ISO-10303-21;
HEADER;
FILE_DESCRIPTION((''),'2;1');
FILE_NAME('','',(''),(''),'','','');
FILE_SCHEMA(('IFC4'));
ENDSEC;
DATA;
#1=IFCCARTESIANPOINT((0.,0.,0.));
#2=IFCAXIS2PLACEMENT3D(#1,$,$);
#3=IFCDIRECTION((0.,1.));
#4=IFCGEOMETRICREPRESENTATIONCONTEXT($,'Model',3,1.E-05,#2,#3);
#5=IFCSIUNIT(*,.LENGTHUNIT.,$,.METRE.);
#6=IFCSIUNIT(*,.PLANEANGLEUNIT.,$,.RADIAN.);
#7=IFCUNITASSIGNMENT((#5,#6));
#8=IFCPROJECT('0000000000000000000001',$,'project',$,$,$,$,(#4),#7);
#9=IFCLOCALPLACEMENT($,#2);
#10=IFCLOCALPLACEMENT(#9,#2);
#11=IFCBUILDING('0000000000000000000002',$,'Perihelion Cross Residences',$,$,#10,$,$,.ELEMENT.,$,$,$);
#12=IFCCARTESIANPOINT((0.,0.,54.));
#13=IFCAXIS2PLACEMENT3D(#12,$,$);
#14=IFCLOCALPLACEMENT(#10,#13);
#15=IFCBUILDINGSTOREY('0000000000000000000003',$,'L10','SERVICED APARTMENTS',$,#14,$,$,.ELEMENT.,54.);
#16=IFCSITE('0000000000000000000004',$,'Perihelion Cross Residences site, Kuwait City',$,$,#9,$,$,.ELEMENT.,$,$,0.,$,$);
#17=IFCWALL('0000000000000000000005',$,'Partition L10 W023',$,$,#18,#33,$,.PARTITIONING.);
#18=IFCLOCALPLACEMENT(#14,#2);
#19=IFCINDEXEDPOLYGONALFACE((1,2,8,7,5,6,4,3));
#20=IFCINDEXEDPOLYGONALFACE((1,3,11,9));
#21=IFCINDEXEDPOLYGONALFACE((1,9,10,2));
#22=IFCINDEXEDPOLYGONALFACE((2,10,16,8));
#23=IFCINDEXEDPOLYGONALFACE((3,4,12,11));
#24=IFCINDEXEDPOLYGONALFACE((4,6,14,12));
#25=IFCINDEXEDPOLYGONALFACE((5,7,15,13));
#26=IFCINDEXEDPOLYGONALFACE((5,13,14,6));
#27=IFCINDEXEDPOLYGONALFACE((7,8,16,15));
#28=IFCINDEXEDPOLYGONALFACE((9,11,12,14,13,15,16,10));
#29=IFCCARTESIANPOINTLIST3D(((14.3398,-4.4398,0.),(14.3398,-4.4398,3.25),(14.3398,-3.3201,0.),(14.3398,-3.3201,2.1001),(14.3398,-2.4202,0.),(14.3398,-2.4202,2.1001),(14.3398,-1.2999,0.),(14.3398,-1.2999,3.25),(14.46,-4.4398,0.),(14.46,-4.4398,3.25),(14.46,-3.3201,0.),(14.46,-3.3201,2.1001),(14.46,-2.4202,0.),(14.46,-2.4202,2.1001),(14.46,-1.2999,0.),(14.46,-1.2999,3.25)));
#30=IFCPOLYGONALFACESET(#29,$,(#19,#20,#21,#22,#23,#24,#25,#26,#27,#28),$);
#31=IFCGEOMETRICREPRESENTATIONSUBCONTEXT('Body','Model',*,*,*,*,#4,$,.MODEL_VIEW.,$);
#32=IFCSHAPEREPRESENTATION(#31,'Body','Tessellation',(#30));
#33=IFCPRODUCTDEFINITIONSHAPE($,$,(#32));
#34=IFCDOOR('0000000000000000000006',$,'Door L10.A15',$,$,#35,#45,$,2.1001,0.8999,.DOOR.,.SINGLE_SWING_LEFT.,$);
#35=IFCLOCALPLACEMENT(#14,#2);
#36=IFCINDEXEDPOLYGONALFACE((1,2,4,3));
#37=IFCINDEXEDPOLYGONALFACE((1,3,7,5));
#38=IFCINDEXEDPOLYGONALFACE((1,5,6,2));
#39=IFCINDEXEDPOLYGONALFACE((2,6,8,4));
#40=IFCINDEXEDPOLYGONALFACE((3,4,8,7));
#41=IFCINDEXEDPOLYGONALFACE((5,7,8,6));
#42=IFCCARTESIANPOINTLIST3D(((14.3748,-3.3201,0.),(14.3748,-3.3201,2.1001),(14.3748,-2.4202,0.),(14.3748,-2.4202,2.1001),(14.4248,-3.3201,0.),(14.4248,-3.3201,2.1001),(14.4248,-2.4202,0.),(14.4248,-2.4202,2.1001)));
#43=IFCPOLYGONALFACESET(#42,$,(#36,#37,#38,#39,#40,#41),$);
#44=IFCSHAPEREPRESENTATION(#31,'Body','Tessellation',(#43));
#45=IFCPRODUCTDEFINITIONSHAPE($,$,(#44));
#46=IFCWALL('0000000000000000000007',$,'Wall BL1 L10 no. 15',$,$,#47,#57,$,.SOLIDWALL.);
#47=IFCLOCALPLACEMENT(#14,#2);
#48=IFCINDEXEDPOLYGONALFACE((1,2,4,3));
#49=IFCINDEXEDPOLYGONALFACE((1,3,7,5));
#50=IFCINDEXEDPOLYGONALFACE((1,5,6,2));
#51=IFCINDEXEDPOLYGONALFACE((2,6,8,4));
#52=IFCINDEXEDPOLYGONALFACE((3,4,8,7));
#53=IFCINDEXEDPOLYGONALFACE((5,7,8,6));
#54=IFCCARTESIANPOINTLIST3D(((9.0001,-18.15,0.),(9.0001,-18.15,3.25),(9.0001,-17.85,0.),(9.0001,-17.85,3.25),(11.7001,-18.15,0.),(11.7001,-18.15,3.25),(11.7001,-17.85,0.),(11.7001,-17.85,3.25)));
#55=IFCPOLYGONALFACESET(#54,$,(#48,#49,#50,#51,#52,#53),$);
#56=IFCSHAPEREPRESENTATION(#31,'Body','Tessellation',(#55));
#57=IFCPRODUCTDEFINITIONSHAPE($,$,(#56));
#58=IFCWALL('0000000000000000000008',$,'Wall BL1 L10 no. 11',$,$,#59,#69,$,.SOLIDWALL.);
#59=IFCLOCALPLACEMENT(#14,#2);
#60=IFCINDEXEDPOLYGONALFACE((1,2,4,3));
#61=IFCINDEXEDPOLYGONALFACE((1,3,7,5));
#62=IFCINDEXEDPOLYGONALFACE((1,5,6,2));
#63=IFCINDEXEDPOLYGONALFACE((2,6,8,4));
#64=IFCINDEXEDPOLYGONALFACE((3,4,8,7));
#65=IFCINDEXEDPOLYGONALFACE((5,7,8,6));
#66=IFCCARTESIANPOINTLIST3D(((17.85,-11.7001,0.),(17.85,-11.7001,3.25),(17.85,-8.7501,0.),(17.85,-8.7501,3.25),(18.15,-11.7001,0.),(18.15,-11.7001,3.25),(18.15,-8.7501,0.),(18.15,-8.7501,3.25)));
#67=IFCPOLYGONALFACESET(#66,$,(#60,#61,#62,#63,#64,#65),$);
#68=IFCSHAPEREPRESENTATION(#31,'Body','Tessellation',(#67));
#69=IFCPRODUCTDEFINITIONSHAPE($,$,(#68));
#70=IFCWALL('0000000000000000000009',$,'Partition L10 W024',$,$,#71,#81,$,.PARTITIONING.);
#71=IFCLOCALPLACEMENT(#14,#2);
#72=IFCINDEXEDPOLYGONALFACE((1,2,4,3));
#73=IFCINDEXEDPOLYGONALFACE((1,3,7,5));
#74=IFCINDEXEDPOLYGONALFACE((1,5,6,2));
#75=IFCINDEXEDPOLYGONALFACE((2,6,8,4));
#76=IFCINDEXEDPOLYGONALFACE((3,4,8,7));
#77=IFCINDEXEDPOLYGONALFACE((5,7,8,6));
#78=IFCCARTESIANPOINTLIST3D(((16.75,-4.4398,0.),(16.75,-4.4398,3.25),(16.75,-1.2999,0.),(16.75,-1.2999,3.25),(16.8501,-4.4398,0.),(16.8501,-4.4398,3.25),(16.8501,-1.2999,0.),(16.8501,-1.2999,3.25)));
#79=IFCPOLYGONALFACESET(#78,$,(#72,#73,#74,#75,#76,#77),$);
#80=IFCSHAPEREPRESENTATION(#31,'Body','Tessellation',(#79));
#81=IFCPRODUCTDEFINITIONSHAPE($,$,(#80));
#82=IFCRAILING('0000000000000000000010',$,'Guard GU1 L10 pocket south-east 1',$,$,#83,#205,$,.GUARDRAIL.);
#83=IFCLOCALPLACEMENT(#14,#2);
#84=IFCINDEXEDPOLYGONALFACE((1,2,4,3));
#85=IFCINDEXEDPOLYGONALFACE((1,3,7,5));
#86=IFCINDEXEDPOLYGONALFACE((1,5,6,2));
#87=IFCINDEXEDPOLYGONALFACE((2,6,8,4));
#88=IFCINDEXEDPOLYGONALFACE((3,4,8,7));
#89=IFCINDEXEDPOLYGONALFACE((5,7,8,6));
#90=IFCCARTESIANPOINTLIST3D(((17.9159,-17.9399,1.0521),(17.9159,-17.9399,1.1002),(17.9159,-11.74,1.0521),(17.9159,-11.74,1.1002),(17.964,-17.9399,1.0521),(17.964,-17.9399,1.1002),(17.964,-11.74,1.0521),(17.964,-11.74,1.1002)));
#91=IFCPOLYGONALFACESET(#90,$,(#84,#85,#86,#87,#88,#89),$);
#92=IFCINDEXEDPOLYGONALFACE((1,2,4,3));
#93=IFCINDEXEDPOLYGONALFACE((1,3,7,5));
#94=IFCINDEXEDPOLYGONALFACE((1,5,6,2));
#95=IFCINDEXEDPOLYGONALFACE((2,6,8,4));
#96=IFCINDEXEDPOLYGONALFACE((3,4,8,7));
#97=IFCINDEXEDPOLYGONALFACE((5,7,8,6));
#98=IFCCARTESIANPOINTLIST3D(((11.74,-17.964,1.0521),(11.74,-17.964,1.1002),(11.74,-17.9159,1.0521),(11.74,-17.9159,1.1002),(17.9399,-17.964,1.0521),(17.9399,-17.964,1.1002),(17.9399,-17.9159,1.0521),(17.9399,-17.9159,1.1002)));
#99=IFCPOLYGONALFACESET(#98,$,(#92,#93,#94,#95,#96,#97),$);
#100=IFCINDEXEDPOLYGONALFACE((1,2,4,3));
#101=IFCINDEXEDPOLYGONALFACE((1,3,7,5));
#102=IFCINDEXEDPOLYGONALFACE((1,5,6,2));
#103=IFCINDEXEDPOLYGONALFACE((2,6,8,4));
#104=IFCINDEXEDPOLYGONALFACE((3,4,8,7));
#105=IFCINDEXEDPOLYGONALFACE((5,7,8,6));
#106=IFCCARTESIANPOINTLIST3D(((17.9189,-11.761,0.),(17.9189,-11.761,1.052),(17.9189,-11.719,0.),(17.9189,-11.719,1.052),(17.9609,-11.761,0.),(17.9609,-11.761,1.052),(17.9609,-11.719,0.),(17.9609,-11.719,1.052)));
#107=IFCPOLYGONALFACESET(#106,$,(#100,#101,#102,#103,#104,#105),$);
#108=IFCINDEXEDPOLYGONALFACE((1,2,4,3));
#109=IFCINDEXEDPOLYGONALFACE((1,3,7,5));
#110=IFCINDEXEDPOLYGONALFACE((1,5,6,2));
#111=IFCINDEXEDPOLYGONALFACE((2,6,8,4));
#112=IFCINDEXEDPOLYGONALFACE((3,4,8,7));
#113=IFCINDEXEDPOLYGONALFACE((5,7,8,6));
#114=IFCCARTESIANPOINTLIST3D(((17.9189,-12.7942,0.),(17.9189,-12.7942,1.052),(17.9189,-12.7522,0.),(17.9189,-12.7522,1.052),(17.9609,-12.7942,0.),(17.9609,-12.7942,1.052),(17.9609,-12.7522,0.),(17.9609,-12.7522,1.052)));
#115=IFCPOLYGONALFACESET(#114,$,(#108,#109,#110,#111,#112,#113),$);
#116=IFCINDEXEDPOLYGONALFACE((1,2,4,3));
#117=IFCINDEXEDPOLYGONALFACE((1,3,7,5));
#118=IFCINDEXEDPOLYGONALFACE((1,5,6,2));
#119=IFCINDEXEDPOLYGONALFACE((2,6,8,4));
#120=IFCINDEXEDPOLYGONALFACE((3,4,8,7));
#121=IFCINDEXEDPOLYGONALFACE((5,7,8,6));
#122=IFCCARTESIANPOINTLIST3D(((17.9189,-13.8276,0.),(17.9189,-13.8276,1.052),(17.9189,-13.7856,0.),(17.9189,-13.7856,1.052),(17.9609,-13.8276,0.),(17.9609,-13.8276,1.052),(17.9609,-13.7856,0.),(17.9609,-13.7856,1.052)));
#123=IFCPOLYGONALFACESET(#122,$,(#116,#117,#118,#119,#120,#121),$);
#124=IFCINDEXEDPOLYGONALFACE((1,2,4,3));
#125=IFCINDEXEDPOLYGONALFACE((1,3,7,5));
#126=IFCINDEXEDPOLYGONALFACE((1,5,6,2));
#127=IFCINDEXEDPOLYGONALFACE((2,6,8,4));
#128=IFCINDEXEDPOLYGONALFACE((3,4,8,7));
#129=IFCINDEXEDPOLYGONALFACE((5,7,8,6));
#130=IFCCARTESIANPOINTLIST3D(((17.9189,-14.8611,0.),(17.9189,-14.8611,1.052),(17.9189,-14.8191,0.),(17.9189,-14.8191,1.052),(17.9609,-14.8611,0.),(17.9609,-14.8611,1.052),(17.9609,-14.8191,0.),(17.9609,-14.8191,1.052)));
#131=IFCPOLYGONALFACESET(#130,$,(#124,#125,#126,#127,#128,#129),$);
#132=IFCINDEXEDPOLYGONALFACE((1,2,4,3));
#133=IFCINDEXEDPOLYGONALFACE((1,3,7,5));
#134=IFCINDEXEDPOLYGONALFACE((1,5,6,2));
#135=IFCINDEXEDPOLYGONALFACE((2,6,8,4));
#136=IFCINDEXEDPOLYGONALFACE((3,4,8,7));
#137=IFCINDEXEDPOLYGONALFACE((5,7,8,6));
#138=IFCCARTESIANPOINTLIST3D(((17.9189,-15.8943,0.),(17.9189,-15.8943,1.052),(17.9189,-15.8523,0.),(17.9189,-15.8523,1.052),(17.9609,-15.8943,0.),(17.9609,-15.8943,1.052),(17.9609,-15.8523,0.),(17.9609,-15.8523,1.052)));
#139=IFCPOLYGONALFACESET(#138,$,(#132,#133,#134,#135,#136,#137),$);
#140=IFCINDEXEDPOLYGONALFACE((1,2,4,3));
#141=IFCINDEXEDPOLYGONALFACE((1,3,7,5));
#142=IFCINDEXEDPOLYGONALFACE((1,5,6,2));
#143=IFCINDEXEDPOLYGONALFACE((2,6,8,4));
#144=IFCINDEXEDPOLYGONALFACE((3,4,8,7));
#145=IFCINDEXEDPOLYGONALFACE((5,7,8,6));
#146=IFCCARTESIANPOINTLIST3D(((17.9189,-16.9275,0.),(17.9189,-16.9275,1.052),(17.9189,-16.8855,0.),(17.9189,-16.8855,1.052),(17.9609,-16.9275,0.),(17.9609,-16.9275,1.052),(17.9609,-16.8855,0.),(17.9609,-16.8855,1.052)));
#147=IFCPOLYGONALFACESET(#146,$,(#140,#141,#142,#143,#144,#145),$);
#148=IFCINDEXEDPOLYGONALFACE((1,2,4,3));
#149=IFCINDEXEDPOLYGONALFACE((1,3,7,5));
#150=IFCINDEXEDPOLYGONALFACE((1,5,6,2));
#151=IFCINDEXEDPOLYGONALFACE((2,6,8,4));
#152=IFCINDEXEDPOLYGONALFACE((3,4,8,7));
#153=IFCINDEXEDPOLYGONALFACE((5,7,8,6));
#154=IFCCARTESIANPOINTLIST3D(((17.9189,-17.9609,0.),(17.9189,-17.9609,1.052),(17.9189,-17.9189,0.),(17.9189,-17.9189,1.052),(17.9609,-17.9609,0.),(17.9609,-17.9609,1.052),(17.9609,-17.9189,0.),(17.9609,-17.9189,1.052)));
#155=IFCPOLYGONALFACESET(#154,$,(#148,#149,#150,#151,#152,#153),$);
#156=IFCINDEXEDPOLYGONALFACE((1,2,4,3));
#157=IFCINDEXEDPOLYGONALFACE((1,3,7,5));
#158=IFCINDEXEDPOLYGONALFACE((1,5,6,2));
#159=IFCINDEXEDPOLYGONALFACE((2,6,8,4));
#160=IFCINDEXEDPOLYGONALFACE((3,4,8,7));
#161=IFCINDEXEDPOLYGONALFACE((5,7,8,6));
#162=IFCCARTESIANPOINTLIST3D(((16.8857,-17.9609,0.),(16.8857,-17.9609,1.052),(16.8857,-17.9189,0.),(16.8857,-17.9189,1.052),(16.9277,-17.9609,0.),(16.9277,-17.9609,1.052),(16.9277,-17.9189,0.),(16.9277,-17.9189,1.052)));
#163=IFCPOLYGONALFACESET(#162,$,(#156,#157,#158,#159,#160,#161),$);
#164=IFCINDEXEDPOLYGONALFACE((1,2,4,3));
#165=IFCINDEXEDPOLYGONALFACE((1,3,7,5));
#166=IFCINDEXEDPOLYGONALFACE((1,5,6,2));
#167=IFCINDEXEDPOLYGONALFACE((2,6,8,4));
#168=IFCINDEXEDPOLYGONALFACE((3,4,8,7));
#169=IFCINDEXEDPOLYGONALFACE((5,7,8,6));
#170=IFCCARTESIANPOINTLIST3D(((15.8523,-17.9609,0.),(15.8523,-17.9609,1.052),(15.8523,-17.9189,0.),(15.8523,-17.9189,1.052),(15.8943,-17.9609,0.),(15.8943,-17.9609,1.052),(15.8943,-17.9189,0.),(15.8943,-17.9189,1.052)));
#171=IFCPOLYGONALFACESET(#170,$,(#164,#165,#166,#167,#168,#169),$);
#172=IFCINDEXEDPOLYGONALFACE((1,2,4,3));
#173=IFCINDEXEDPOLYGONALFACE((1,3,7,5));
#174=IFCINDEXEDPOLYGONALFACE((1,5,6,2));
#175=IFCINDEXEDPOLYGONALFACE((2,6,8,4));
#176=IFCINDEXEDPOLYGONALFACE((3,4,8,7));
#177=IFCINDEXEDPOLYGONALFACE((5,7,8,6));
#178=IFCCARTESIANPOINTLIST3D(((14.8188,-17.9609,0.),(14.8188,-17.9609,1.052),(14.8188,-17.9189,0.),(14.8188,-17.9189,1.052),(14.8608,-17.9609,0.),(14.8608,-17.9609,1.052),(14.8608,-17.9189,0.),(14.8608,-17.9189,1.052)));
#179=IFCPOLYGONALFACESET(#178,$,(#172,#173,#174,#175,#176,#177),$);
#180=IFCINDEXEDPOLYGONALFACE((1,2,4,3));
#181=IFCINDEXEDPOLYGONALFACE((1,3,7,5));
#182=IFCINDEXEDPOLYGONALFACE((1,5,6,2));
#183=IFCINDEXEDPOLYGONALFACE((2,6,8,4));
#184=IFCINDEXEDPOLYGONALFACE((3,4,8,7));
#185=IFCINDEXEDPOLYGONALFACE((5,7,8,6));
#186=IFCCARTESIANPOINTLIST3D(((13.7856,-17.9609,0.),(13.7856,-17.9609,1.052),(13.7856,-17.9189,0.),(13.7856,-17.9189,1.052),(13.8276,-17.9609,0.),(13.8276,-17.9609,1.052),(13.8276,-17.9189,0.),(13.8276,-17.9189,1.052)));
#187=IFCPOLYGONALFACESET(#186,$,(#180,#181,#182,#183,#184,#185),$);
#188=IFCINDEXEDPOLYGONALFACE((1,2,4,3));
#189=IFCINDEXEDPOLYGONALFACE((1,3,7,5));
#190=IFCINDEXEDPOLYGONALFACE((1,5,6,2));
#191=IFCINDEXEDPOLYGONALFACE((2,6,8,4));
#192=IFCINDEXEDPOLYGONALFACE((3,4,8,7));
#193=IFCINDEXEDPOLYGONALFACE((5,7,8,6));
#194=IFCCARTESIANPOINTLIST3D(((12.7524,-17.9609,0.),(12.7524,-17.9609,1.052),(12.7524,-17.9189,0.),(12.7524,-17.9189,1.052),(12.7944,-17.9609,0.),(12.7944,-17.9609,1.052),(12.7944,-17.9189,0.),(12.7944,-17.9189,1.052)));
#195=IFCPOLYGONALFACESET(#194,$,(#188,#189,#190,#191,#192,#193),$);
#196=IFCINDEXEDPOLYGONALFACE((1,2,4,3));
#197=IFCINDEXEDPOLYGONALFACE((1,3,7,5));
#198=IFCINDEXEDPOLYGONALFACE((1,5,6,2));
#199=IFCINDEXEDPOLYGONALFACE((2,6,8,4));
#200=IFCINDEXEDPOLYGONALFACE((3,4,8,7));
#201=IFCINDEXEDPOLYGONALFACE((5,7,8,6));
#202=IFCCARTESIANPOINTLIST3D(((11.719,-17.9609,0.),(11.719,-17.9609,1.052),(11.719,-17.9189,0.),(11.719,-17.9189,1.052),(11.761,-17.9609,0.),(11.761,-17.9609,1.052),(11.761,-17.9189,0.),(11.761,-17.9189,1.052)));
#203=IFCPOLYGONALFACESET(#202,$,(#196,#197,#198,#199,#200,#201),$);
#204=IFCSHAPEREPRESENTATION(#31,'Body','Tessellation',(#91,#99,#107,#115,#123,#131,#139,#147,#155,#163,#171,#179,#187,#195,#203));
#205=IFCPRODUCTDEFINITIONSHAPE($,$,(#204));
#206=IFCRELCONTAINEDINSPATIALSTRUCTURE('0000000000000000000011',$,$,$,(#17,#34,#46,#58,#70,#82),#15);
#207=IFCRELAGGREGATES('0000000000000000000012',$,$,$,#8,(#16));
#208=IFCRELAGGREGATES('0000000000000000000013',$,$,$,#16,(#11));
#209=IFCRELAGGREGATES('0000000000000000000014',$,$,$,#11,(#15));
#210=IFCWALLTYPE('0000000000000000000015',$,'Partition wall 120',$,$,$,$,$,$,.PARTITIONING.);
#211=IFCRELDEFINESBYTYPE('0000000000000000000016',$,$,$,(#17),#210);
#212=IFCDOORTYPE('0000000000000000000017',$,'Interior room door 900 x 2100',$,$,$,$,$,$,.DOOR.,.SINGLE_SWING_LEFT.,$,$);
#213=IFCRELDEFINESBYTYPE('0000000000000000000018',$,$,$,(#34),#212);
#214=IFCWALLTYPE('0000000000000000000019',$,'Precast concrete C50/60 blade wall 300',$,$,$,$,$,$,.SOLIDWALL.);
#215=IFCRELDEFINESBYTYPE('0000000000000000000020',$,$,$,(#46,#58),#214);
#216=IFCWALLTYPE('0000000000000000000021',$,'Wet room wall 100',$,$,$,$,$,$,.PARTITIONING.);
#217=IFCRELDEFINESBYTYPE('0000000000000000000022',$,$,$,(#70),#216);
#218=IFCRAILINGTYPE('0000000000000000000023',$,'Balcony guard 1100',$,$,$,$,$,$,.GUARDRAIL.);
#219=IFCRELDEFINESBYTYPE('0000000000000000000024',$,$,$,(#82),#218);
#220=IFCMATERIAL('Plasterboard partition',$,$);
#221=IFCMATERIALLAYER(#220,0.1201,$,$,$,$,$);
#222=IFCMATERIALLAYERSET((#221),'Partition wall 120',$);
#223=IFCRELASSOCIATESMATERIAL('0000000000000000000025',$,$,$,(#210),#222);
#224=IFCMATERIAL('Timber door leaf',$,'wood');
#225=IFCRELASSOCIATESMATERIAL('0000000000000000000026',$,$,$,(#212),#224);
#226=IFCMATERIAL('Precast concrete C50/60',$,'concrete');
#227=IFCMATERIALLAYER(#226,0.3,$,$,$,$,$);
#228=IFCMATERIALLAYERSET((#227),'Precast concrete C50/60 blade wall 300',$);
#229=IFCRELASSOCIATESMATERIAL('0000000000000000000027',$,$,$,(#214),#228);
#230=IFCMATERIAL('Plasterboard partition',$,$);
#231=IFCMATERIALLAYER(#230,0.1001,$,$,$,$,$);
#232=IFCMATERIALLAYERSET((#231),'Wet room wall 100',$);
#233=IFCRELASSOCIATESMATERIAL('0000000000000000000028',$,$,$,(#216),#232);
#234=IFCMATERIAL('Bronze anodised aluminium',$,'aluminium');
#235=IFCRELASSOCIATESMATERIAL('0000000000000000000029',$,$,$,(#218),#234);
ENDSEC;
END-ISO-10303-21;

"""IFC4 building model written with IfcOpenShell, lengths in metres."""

from ifc_helpers import new_model, si_unit, direction, frame, frame_2d, origin, origin_2d, place, context, subcontext, project, spatial, rectangle, extrude, material, layer, layer_set, type_object, element, fill, save


model = new_model("IFC4")

# Units and contexts
model_context = context("Model", 3, precision=1e-05, world=origin(), true_north=direction((0.0, 1.0)))
body_context = subcontext(model_context, "Body", "Model", "MODEL_VIEW")
ifc_project = project(units=[si_unit("LENGTHUNIT", "METRE"), si_unit("PLANEANGLEUNIT", "RADIAN")], contexts=[model_context])

# Site, building, storey
site_placement = place(None, origin())
site = spatial("IfcSite", under=ifc_project, at=site_placement, Name="Perihelion Cross Residences site, Kuwait City", CompositionType="ELEMENT", RefElevation=0.0)
building_placement = place(site_placement, origin())
building = spatial("IfcBuilding", under=site, at=building_placement, Name="Perihelion Cross Residences", CompositionType="ELEMENT")
storey_placement = place(building_placement, frame((0.0, 0.0, 54.0)))
storey = spatial("IfcBuildingStorey", under=building, at=storey_placement, Name="L10", Description="SERVICED APARTMENTS", CompositionType="ELEMENT", Elevation=54.0)

# Wall, opening, door
ifc_material_1 = material(Name="Plasterboard partition")
ifc_layer_1 = layer(ifc_material_1, 0.1201)
ifc_layer_set_1 = layer_set([ifc_layer_1], Name="Partition wall 120")
wall_type_1 = type_object("IfcWallType", Name="Partition wall 120", PredefinedType="PARTITIONING", material=ifc_layer_set_1)
ifc_material_2 = material(Name="Timber door leaf", Category="wood")
door_type_1 = type_object("IfcDoorType", Name="Interior room door 900 x 2100", OperationType="SINGLE_SWING_LEFT", PredefinedType="DOOR", material=ifc_material_2)
wall_1_placement = place(storey_placement, frame((14.3999, -1.3, 0.0), z_axis=(0.0, 0.0, 1.0), x_axis=(0.0, -1.0, 0.0)))
wall_1 = element("IfcWall", 1, at=wall_1_placement, inside=storey, type_object=wall_type_1, Name="Partition L10 W023", PredefinedType="PARTITIONING", context=body_context, shape_type="SweptSolid", body=[
    extrude(rectangle(XDim=3.1399, YDim=0.1201, at=frame_2d((1.5698, 0.0))), origin(), (0.0, 0.0, 1.0), 3.25),
])
opening_1_placement = place(wall_1_placement, frame((1.1201, 0.0, 0.0)))
opening_1 = element("IfcOpeningElement", 2, at=opening_1_placement, cuts=wall_1, PredefinedType="OPENING", context=body_context, shape_type="SweptSolid", body=[
    extrude(rectangle(XDim=0.8999, YDim=2.1001, at=frame_2d((0.45, 1.05))), frame((0.0, 0.0701, 0.0), z_axis=(0.0, -1.0, 0.0), x_axis=(1.0, 0.0, 0.0)), (0.0, 0.0, 1.0), 0.1401),
])
door_1_placement = place(opening_1_placement, origin())
door_1 = element("IfcDoor", 3, at=door_1_placement, inside=storey, type_object=door_type_1, Name="Door L10.A15", OperationType="SINGLE_SWING_LEFT", OverallHeight=2.1001, OverallWidth=0.8999, PredefinedType="DOOR", context=body_context, shape_type="SweptSolid", body=[
    extrude(rectangle(XDim=0.8999, YDim=2.1001, at=frame_2d((0.45, 1.05))), frame((0.0, 0.0249, 0.0), z_axis=(0.0, -1.0, 0.0), x_axis=(1.0, 0.0, 0.0)), (0.0, 0.0, 1.0), 0.05),
])
fill(opening_1, door_1)

# Walls
ifc_material_3 = material(Name="Precast concrete C50/60", Category="concrete")
ifc_layer_2 = layer(ifc_material_3, 0.3)
ifc_layer_set_2 = layer_set([ifc_layer_2], Name="Precast concrete C50/60 blade wall 300")
wall_type_2 = type_object("IfcWallType", Name="Precast concrete C50/60 blade wall 300", PredefinedType="SOLIDWALL", material=ifc_layer_set_2)
wall_2_placement = place(storey_placement, frame((9.0, -18.0, 0.0), z_axis=(0.0, 0.0, 1.0), x_axis=(1.0, 0.0, 0.0)))
element("IfcWall", 4, at=wall_2_placement, inside=storey, type_object=wall_type_2, Name="Wall BL1 L10 no. 15", PredefinedType="SOLIDWALL", context=body_context, shape_type="SweptSolid", body=[
    extrude(rectangle(XDim=2.7, YDim=0.3, at=frame_2d((1.3501, 0.0))), origin(), (0.0, 0.0, 1.0), 3.25),
])
wall_3_placement = place(storey_placement, frame((18.0, -8.75, 0.0), z_axis=(0.0, 0.0, 1.0), x_axis=(0.0, -1.0, 0.0)))
element("IfcWall", 5, at=wall_3_placement, inside=storey, type_object=wall_type_2, Name="Wall BL1 L10 no. 11", PredefinedType="SOLIDWALL", context=body_context, shape_type="SweptSolid", body=[
    extrude(rectangle(XDim=2.95, YDim=0.3, at=frame_2d((1.4751, 0.0))), origin(), (0.0, 0.0, 1.0), 3.25),
])
ifc_material_4 = material(Name="Plasterboard partition")
ifc_layer_3 = layer(ifc_material_4, 0.1001)
ifc_layer_set_3 = layer_set([ifc_layer_3], Name="Wet room wall 100")
wall_type_3 = type_object("IfcWallType", Name="Wet room wall 100", PredefinedType="PARTITIONING", material=ifc_layer_set_3)
wall_4_placement = place(storey_placement, frame((16.8, -1.3, 0.0), z_axis=(0.0, 0.0, 1.0), x_axis=(0.0, -1.0, 0.0)))
element("IfcWall", 6, at=wall_4_placement, inside=storey, type_object=wall_type_3, Name="Partition L10 W024", PredefinedType="PARTITIONING", context=body_context, shape_type="SweptSolid", body=[
    extrude(rectangle(XDim=3.1399, YDim=0.1001, at=frame_2d((1.5698, 0.0))), origin(), (0.0, 0.0, 1.0), 3.25),
])

# Railing
ifc_material_5 = material(Name="Bronze anodised aluminium", Category="aluminium")
railing_type = type_object("IfcRailingType", Name="Balcony guard 1100", PredefinedType="GUARDRAIL", material=ifc_material_5)
railing_1_placement = place(storey_placement, frame((17.9399, -11.74, 0.0)))
element("IfcRailing", 7, at=railing_1_placement, inside=storey, type_object=railing_type, Name="Guard GU1 L10 pocket south-east 1", PredefinedType="GUARDRAIL", context=body_context, shape_type="SweptSolid", body=[
    extrude(rectangle(XDim=0.0481, YDim=0.0481, at=origin_2d()), frame((0.0, 0.0, 1.0762), z_axis=(0.0, -1.0, 0.0), x_axis=(1.0, 0.0, 0.0)), (0.0, 0.0, 1.0), 6.2),
    extrude(rectangle(XDim=0.0481, YDim=0.0481, at=origin_2d()), frame((0.0, -6.2, 1.0762), z_axis=(-1.0, 0.0, 0.0), x_axis=(0.0, -1.0, 0.0)), (0.0, 0.0, 1.0), 6.2),
    extrude(rectangle(XDim=0.042, YDim=0.042, at=origin_2d()), origin(), (0.0, 0.0, 1.0), 1.052),
    extrude(rectangle(XDim=0.042, YDim=0.042, at=origin_2d()), frame((0.0, -1.0332, 0.0)), (0.0, 0.0, 1.0), 1.052),
    extrude(rectangle(XDim=0.042, YDim=0.042, at=origin_2d()), frame((0.0, -2.0667, 0.0)), (0.0, 0.0, 1.0), 1.052),
    extrude(rectangle(XDim=0.042, YDim=0.042, at=origin_2d()), frame((0.0, -3.1001, 0.0)), (0.0, 0.0, 1.0), 1.052),
    extrude(rectangle(XDim=0.042, YDim=0.042, at=origin_2d()), frame((0.0, -4.1333, 0.0)), (0.0, 0.0, 1.0), 1.052),
    extrude(rectangle(XDim=0.042, YDim=0.042, at=origin_2d()), frame((0.0, -5.1665, 0.0)), (0.0, 0.0, 1.0), 1.052),
    extrude(rectangle(XDim=0.042, YDim=0.042, at=origin_2d()), frame((0.0, -6.2, 0.0)), (0.0, 0.0, 1.0), 1.052),
    extrude(rectangle(XDim=0.042, YDim=0.042, at=origin_2d()), frame((-1.0332, -6.2, 0.0)), (0.0, 0.0, 1.0), 1.052),
    extrude(rectangle(XDim=0.042, YDim=0.042, at=origin_2d()), frame((-2.0667, -6.2, 0.0)), (0.0, 0.0, 1.0), 1.052),
    extrude(rectangle(XDim=0.042, YDim=0.042, at=origin_2d()), frame((-3.1001, -6.2, 0.0)), (0.0, 0.0, 1.0), 1.052),
    extrude(rectangle(XDim=0.042, YDim=0.042, at=origin_2d()), frame((-4.1333, -6.2, 0.0)), (0.0, 0.0, 1.0), 1.052),
    extrude(rectangle(XDim=0.042, YDim=0.042, at=origin_2d()), frame((-5.1665, -6.2, 0.0)), (0.0, 0.0, 1.0), 1.052),
    extrude(rectangle(XDim=0.042, YDim=0.042, at=origin_2d()), frame((-6.2, -6.2, 0.0)), (0.0, 0.0, 1.0), 1.052),
])

save(model, "model.ifc")
